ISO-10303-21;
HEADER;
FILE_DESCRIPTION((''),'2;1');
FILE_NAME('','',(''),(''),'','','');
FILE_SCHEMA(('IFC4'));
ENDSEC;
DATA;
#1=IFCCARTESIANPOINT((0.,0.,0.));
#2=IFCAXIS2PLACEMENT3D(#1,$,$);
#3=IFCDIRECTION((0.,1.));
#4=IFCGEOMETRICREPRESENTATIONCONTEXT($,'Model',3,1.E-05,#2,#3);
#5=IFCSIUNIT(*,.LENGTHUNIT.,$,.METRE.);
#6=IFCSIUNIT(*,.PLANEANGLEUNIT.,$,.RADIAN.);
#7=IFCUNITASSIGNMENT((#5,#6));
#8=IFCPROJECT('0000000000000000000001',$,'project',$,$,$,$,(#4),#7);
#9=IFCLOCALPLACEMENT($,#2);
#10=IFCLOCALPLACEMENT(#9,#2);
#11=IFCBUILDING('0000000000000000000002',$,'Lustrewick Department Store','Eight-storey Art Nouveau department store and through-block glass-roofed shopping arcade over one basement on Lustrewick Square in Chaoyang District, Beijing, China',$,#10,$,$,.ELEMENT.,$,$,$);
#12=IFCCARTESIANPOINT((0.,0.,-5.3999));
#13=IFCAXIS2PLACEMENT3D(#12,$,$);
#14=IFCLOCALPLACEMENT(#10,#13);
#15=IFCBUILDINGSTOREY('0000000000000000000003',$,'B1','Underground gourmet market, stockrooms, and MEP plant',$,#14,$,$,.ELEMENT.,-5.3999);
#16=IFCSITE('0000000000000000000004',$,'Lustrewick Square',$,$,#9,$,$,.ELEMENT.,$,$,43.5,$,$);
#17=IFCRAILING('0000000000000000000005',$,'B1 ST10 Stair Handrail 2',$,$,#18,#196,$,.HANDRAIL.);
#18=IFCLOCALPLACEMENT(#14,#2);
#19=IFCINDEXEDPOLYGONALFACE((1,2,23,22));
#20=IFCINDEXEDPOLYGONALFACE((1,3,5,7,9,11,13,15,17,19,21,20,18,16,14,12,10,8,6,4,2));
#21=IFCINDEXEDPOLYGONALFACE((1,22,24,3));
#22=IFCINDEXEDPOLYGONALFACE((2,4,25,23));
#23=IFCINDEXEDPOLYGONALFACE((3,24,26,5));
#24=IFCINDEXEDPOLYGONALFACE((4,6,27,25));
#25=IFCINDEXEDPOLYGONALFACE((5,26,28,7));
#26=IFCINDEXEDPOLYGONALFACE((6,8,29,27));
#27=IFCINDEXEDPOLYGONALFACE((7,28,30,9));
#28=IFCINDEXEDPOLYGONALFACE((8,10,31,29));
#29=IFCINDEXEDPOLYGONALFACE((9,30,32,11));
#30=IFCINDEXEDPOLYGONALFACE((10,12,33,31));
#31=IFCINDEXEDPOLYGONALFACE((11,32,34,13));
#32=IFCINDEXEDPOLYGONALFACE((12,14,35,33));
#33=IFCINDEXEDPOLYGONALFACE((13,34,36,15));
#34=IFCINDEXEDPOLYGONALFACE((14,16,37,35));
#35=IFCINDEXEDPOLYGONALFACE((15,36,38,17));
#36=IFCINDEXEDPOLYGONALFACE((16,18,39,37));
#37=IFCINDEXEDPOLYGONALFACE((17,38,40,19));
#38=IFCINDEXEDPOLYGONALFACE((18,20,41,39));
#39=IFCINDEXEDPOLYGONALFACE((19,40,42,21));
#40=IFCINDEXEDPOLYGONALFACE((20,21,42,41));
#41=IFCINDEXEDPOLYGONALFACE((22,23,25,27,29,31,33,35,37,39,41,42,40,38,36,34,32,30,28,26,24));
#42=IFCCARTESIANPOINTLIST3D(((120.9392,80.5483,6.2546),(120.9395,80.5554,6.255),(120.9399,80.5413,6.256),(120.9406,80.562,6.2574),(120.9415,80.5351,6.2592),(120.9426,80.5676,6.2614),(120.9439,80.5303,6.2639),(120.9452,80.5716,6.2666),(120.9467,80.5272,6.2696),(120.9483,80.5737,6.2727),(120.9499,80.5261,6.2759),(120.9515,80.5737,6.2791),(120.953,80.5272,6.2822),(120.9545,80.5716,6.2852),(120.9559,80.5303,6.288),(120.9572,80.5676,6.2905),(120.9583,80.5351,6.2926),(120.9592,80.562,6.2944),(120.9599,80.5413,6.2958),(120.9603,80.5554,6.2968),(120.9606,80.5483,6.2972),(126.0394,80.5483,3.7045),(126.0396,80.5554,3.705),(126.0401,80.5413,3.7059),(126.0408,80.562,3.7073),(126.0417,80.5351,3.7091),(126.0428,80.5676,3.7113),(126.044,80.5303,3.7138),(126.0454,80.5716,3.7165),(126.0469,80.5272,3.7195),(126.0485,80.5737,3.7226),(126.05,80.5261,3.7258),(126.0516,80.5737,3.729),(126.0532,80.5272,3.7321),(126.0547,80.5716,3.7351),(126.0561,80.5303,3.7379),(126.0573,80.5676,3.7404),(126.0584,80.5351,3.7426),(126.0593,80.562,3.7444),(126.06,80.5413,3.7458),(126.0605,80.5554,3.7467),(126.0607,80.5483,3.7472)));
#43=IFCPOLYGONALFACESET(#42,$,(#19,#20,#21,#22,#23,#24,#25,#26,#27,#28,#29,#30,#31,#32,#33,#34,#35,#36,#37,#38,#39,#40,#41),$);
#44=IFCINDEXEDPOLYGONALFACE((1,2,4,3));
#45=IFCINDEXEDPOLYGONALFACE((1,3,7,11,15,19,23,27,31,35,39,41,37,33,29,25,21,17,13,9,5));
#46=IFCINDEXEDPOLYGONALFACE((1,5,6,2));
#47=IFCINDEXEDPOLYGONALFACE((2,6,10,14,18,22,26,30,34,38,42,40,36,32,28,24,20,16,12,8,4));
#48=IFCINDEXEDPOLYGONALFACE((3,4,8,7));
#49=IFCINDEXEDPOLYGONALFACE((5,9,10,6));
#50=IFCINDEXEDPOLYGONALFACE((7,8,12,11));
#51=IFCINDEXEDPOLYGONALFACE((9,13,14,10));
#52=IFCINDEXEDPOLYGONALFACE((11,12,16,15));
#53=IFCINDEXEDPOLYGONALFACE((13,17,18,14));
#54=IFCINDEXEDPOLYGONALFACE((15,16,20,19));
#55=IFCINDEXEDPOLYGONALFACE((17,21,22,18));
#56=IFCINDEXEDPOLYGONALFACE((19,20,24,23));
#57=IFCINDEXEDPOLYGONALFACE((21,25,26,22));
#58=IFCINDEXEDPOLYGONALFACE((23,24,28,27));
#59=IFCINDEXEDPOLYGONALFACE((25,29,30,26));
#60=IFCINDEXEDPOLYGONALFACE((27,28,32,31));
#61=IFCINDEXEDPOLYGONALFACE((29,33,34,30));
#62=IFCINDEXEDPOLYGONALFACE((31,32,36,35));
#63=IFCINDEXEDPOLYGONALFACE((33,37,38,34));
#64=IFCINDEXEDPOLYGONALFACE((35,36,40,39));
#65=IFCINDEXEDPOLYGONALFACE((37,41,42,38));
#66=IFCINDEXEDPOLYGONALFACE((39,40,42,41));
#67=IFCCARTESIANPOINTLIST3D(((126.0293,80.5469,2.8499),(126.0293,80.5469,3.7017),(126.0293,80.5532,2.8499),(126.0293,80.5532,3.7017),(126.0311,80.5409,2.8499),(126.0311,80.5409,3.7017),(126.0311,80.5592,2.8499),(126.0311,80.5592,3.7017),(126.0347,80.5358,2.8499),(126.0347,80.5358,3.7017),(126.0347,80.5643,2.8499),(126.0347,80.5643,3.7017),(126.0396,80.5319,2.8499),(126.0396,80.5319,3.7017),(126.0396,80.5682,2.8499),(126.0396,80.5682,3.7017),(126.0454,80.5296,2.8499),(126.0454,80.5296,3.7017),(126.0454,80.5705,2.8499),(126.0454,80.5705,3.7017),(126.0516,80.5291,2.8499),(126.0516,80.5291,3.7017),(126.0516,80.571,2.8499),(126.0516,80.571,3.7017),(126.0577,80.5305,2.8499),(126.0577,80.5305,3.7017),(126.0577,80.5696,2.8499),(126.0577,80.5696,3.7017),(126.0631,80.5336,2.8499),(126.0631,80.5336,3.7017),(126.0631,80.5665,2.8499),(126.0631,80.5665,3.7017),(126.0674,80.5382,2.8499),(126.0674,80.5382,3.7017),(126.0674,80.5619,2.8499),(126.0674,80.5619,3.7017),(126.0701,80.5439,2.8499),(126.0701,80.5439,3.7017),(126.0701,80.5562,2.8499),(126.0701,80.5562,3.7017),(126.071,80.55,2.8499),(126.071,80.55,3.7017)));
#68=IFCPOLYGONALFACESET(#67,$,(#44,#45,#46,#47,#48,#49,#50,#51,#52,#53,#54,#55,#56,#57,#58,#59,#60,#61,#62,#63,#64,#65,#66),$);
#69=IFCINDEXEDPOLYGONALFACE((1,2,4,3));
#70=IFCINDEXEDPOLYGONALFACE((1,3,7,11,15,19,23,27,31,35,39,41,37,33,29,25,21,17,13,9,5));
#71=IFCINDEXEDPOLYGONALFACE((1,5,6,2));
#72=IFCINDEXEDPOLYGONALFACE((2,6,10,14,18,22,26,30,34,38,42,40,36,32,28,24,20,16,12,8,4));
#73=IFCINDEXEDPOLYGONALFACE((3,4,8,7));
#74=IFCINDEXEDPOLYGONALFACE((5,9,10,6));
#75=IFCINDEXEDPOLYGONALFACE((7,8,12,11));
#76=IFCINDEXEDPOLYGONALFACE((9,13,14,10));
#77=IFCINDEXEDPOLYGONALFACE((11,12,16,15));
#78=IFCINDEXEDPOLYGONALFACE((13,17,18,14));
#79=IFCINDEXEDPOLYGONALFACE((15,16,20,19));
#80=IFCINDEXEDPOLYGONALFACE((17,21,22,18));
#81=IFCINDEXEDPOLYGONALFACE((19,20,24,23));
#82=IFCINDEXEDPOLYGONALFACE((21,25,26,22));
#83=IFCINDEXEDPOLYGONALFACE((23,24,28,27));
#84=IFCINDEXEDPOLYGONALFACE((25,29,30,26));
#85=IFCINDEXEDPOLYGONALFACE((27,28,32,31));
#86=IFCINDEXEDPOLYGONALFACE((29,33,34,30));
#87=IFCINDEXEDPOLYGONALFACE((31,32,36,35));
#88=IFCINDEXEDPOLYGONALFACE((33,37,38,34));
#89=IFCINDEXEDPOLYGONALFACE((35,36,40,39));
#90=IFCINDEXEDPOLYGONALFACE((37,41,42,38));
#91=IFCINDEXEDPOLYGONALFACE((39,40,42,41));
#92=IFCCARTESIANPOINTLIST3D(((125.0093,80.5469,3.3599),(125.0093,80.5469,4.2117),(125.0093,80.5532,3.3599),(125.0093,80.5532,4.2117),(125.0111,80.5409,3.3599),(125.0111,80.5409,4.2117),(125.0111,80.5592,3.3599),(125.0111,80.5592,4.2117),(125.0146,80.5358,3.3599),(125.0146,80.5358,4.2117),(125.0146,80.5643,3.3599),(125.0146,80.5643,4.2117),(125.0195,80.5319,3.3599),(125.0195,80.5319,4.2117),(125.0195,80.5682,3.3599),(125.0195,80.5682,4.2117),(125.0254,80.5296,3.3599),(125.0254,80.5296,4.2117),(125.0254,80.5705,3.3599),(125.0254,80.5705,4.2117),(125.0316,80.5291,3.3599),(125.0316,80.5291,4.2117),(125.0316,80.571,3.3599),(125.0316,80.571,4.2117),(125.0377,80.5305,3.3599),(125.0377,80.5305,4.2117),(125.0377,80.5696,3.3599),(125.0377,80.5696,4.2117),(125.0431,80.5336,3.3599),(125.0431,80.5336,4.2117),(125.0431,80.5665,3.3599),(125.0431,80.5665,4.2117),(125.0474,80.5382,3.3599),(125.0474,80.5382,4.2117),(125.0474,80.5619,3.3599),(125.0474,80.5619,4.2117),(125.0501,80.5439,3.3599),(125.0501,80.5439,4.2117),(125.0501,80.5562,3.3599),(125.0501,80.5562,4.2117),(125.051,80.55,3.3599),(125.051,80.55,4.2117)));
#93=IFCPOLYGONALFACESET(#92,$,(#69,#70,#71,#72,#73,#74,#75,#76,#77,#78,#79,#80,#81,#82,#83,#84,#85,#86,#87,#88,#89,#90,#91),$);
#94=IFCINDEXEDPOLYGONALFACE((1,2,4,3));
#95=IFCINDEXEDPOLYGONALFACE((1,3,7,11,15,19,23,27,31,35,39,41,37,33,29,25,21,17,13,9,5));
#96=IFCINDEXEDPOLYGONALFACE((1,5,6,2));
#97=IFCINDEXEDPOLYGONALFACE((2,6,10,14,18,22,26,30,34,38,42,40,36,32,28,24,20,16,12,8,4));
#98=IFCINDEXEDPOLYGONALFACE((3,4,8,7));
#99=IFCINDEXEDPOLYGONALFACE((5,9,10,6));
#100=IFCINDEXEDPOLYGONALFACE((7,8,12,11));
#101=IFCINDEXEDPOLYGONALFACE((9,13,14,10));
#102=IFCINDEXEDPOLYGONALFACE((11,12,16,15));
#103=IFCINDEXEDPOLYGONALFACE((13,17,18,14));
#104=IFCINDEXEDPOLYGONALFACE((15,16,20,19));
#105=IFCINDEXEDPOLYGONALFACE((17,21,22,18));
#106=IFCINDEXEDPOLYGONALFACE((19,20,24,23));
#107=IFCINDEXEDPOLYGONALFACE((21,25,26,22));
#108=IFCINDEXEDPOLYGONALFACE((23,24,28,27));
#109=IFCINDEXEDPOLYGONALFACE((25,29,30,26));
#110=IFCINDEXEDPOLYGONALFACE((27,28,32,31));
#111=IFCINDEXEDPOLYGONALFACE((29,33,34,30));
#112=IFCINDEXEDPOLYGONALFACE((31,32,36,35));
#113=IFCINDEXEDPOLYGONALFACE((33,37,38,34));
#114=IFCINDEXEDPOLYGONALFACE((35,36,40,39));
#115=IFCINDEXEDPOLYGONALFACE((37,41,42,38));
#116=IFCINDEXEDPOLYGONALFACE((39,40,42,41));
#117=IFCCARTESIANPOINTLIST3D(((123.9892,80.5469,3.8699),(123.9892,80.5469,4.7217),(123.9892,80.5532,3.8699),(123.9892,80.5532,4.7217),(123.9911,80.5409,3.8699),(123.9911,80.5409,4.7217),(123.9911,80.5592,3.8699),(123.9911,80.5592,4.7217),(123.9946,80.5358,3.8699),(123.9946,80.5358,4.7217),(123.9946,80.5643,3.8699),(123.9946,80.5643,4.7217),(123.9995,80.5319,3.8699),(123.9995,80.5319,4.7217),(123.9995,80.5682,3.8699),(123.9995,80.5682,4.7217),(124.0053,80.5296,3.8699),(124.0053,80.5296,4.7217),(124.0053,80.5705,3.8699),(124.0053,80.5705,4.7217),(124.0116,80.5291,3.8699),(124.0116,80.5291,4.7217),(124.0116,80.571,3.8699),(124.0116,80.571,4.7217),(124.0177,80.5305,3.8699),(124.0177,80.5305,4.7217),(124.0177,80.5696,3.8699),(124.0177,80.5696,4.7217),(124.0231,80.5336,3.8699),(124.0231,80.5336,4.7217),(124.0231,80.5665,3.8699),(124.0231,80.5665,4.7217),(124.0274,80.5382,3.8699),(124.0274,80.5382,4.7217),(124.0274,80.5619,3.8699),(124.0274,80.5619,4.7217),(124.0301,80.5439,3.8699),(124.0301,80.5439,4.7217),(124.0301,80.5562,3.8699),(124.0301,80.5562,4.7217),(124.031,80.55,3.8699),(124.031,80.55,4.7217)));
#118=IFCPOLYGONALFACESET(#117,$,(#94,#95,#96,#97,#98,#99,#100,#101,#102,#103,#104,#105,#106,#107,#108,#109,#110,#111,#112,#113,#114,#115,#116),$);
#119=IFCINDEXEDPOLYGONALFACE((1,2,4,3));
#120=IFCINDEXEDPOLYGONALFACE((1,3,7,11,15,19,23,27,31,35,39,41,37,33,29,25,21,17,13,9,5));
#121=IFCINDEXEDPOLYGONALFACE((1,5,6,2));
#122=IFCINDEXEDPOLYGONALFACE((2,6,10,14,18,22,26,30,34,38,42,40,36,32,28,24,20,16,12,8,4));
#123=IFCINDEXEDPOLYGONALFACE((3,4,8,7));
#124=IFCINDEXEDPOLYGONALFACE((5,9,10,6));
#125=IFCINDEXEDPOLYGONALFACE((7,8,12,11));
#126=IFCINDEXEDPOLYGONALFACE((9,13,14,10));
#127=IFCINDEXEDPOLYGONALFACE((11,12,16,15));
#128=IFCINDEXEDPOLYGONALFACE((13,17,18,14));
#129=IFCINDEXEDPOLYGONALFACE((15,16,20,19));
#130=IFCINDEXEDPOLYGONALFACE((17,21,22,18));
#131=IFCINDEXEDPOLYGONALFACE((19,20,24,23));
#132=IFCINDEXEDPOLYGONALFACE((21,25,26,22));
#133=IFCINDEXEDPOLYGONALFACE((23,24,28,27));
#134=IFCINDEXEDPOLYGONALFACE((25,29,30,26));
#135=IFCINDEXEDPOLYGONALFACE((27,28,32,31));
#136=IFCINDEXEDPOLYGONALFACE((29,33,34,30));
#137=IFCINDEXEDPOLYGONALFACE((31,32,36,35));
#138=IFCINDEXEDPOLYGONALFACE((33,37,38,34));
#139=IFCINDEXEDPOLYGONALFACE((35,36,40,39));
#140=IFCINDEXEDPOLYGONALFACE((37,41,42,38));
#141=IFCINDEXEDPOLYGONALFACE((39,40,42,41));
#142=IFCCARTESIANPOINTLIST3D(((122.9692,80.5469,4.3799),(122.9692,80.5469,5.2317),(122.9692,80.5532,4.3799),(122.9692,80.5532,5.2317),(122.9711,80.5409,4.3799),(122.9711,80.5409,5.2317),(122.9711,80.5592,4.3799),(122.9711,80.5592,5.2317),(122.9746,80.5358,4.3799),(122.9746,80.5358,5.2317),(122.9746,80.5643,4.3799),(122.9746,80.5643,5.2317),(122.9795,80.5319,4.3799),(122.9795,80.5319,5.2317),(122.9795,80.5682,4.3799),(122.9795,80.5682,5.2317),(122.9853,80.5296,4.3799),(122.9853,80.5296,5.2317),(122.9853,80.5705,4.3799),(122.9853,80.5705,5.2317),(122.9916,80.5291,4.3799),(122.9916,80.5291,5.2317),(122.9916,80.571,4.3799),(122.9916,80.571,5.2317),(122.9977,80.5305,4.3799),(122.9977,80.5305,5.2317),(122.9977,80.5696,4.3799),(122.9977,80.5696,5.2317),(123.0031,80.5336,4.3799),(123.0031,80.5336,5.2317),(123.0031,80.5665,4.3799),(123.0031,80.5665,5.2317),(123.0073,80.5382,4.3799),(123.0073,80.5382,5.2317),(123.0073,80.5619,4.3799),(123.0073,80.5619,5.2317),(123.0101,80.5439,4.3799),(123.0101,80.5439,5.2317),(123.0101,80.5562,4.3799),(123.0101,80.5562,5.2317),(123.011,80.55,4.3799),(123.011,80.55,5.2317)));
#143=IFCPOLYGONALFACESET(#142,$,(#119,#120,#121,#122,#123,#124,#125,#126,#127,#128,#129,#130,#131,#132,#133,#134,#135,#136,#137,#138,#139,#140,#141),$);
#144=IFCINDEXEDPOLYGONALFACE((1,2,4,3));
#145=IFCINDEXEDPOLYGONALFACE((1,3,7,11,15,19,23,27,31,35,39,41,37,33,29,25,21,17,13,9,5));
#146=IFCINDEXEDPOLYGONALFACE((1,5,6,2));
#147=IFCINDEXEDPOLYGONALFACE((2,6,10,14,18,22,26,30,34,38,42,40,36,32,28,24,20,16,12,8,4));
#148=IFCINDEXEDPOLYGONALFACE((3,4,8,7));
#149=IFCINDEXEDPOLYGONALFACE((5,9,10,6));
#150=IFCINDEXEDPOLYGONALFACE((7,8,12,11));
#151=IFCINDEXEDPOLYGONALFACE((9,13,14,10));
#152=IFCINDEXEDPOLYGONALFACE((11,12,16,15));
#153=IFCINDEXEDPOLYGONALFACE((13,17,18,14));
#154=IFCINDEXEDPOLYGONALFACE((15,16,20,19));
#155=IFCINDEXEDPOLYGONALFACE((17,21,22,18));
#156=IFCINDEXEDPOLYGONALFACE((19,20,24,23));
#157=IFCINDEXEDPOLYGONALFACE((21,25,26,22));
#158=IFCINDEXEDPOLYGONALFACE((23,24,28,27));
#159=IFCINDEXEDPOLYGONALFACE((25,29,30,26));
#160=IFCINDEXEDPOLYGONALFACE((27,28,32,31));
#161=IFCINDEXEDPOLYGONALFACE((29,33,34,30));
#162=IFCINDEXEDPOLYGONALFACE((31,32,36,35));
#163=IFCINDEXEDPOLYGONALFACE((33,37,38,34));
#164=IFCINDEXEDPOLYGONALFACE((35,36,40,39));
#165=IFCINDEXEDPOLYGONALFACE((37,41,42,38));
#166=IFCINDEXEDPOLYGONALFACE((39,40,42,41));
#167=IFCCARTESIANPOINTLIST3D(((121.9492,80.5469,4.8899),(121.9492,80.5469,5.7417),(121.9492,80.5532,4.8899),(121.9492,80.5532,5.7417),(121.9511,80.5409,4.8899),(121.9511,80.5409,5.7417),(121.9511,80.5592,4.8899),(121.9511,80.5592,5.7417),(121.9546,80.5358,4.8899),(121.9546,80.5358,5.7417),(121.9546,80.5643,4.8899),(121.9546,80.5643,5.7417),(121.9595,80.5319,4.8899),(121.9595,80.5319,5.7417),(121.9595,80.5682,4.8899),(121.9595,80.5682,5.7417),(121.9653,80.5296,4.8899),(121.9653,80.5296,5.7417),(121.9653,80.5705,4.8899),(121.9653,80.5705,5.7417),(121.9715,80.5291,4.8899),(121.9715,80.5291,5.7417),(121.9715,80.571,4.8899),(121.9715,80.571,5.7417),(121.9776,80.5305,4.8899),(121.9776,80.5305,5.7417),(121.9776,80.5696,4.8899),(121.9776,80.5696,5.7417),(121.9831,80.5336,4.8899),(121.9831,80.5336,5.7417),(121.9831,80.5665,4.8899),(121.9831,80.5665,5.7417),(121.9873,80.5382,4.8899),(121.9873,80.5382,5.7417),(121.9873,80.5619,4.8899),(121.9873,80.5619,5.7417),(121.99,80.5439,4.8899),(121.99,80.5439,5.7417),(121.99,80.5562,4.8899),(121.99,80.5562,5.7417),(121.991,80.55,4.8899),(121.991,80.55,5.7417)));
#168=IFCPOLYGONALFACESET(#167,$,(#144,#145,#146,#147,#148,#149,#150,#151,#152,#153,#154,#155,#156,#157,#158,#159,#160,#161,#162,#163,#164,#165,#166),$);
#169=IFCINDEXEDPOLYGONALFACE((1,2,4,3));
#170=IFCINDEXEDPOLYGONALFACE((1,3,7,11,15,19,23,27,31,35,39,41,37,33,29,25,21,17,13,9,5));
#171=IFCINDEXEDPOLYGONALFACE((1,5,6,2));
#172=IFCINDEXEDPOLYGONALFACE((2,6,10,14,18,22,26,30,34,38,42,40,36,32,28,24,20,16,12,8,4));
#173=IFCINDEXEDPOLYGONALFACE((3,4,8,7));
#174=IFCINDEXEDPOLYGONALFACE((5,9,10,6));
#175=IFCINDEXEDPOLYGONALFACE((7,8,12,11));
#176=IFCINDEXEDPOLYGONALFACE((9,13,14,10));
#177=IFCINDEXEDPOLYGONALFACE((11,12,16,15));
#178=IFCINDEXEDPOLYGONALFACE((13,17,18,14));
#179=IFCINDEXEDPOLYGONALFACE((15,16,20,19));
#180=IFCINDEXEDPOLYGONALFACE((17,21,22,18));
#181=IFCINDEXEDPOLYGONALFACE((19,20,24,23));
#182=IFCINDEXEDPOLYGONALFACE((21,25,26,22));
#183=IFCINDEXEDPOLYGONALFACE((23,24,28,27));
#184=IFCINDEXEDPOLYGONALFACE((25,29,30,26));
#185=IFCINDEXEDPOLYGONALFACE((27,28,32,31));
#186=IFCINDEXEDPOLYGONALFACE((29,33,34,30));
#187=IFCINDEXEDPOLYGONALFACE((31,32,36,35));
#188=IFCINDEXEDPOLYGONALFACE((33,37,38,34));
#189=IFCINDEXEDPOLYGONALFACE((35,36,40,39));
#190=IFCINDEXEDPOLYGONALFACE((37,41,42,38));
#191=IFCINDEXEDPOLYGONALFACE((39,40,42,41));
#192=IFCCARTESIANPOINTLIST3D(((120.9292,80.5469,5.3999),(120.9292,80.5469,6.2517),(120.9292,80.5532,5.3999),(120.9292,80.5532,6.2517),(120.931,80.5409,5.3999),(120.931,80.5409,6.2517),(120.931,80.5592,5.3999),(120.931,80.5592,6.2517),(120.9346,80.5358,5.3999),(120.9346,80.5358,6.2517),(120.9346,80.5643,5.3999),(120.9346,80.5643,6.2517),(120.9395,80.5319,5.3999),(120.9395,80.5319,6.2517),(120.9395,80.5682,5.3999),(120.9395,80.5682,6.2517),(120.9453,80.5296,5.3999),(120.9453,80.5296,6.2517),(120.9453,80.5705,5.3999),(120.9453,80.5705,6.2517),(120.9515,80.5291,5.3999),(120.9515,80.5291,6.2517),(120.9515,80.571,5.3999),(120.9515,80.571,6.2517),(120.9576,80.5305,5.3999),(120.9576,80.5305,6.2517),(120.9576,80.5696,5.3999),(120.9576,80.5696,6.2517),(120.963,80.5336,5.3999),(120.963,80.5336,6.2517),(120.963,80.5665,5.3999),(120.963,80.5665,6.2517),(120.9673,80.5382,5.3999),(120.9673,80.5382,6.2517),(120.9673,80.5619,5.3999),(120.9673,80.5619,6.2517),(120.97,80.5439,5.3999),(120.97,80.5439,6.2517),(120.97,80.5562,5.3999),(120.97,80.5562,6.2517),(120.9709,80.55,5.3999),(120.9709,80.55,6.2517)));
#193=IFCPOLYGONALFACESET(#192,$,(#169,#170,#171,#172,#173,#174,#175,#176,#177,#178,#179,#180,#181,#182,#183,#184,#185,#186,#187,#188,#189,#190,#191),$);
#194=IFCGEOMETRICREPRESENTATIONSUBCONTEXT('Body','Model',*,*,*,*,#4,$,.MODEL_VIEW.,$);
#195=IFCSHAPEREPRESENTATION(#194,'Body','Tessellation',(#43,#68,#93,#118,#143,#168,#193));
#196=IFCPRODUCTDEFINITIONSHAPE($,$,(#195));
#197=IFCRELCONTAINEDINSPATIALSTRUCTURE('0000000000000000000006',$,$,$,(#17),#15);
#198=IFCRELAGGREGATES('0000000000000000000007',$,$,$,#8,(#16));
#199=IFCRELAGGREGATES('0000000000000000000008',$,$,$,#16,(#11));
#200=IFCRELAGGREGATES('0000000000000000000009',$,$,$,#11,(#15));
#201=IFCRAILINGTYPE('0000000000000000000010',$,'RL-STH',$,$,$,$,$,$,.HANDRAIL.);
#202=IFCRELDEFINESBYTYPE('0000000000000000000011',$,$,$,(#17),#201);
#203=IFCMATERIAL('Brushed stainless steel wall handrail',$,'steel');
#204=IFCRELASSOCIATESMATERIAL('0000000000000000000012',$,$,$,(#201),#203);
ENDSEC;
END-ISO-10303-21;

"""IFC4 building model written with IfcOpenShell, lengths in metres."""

from ifc_helpers import new_model, si_unit, direction, frame, origin, origin_2d, place, context, subcontext, project, spatial, circle, extrude, material, type_object, element, save


model = new_model("IFC4")

# Units and contexts
model_context = context("Model", 3, precision=1e-05, world=origin(), true_north=direction((0.0, 1.0)))
body_context = subcontext(model_context, "Body", "Model", "MODEL_VIEW")
ifc_project = project(units=[si_unit("LENGTHUNIT", "METRE"), si_unit("PLANEANGLEUNIT", "RADIAN")], contexts=[model_context])

# Site, building, storey
site_placement = place(None, origin())
site = spatial("IfcSite", under=ifc_project, at=site_placement, Name="Lustrewick Square", CompositionType="ELEMENT", RefElevation=43.5)
building_placement = place(site_placement, origin())
building = spatial("IfcBuilding", under=site, at=building_placement, Name="Lustrewick Department Store", Description="Eight-storey Art Nouveau department store and through-block glass-roofed shopping arcade over one basement on Lustrewick Square in Chaoyang District, Beijing, China", CompositionType="ELEMENT")
storey_placement = place(building_placement, frame((0.0, 0.0, -5.3999)))
storey = spatial("IfcBuildingStorey", under=building, at=storey_placement, Name="B1", Description="Underground gourmet market, stockrooms, and MEP plant", CompositionType="ELEMENT", Elevation=-5.3999)

# Railing
ifc_material_1 = material(Name="Brushed stainless steel wall handrail", Category="steel")
railing_type_1 = type_object("IfcRailingType", Name="RL-STH", PredefinedType="HANDRAIL", material=ifc_material_1)
railing_1_placement = place(storey_placement, frame((126.05, 80.55, 2.8499)))
element("IfcRailing", 1, at=railing_1_placement, inside=storey, type_object=railing_type_1, Name="B1 ST10 Stair Handrail 2", PredefinedType="HANDRAIL", context=body_context, shape_type="SweptSolid", body=[
    extrude(circle(Radius=0.0239, at=origin_2d()), frame((0.0, 0.0, 0.876), z_axis=(-0.894427, 0.0, 0.447214), x_axis=(0.0, -1.0, 0.0)), (0.0, 0.0, 1.0), 5.7021),
    extrude(circle(Radius=0.021, at=origin_2d()), origin(), (0.0, 0.0, 1.0), 0.8518),
    extrude(circle(Radius=0.021, at=origin_2d()), frame((-1.02, 0.0, 0.51)), (0.0, 0.0, 1.0), 0.8518),
    extrude(circle(Radius=0.021, at=origin_2d()), frame((-2.04, 0.0, 1.02)), (0.0, 0.0, 1.0), 0.8518),
    extrude(circle(Radius=0.021, at=origin_2d()), frame((-3.0601, 0.0, 1.53)), (0.0, 0.0, 1.0), 0.8518),
    extrude(circle(Radius=0.021, at=origin_2d()), frame((-4.0801, 0.0, 2.04)), (0.0, 0.0, 1.0), 0.8518),
    extrude(circle(Radius=0.021, at=origin_2d()), frame((-5.1001, 0.0, 2.55)), (0.0, 0.0, 1.0), 0.8518),
])

save(model, "model.ifc")
